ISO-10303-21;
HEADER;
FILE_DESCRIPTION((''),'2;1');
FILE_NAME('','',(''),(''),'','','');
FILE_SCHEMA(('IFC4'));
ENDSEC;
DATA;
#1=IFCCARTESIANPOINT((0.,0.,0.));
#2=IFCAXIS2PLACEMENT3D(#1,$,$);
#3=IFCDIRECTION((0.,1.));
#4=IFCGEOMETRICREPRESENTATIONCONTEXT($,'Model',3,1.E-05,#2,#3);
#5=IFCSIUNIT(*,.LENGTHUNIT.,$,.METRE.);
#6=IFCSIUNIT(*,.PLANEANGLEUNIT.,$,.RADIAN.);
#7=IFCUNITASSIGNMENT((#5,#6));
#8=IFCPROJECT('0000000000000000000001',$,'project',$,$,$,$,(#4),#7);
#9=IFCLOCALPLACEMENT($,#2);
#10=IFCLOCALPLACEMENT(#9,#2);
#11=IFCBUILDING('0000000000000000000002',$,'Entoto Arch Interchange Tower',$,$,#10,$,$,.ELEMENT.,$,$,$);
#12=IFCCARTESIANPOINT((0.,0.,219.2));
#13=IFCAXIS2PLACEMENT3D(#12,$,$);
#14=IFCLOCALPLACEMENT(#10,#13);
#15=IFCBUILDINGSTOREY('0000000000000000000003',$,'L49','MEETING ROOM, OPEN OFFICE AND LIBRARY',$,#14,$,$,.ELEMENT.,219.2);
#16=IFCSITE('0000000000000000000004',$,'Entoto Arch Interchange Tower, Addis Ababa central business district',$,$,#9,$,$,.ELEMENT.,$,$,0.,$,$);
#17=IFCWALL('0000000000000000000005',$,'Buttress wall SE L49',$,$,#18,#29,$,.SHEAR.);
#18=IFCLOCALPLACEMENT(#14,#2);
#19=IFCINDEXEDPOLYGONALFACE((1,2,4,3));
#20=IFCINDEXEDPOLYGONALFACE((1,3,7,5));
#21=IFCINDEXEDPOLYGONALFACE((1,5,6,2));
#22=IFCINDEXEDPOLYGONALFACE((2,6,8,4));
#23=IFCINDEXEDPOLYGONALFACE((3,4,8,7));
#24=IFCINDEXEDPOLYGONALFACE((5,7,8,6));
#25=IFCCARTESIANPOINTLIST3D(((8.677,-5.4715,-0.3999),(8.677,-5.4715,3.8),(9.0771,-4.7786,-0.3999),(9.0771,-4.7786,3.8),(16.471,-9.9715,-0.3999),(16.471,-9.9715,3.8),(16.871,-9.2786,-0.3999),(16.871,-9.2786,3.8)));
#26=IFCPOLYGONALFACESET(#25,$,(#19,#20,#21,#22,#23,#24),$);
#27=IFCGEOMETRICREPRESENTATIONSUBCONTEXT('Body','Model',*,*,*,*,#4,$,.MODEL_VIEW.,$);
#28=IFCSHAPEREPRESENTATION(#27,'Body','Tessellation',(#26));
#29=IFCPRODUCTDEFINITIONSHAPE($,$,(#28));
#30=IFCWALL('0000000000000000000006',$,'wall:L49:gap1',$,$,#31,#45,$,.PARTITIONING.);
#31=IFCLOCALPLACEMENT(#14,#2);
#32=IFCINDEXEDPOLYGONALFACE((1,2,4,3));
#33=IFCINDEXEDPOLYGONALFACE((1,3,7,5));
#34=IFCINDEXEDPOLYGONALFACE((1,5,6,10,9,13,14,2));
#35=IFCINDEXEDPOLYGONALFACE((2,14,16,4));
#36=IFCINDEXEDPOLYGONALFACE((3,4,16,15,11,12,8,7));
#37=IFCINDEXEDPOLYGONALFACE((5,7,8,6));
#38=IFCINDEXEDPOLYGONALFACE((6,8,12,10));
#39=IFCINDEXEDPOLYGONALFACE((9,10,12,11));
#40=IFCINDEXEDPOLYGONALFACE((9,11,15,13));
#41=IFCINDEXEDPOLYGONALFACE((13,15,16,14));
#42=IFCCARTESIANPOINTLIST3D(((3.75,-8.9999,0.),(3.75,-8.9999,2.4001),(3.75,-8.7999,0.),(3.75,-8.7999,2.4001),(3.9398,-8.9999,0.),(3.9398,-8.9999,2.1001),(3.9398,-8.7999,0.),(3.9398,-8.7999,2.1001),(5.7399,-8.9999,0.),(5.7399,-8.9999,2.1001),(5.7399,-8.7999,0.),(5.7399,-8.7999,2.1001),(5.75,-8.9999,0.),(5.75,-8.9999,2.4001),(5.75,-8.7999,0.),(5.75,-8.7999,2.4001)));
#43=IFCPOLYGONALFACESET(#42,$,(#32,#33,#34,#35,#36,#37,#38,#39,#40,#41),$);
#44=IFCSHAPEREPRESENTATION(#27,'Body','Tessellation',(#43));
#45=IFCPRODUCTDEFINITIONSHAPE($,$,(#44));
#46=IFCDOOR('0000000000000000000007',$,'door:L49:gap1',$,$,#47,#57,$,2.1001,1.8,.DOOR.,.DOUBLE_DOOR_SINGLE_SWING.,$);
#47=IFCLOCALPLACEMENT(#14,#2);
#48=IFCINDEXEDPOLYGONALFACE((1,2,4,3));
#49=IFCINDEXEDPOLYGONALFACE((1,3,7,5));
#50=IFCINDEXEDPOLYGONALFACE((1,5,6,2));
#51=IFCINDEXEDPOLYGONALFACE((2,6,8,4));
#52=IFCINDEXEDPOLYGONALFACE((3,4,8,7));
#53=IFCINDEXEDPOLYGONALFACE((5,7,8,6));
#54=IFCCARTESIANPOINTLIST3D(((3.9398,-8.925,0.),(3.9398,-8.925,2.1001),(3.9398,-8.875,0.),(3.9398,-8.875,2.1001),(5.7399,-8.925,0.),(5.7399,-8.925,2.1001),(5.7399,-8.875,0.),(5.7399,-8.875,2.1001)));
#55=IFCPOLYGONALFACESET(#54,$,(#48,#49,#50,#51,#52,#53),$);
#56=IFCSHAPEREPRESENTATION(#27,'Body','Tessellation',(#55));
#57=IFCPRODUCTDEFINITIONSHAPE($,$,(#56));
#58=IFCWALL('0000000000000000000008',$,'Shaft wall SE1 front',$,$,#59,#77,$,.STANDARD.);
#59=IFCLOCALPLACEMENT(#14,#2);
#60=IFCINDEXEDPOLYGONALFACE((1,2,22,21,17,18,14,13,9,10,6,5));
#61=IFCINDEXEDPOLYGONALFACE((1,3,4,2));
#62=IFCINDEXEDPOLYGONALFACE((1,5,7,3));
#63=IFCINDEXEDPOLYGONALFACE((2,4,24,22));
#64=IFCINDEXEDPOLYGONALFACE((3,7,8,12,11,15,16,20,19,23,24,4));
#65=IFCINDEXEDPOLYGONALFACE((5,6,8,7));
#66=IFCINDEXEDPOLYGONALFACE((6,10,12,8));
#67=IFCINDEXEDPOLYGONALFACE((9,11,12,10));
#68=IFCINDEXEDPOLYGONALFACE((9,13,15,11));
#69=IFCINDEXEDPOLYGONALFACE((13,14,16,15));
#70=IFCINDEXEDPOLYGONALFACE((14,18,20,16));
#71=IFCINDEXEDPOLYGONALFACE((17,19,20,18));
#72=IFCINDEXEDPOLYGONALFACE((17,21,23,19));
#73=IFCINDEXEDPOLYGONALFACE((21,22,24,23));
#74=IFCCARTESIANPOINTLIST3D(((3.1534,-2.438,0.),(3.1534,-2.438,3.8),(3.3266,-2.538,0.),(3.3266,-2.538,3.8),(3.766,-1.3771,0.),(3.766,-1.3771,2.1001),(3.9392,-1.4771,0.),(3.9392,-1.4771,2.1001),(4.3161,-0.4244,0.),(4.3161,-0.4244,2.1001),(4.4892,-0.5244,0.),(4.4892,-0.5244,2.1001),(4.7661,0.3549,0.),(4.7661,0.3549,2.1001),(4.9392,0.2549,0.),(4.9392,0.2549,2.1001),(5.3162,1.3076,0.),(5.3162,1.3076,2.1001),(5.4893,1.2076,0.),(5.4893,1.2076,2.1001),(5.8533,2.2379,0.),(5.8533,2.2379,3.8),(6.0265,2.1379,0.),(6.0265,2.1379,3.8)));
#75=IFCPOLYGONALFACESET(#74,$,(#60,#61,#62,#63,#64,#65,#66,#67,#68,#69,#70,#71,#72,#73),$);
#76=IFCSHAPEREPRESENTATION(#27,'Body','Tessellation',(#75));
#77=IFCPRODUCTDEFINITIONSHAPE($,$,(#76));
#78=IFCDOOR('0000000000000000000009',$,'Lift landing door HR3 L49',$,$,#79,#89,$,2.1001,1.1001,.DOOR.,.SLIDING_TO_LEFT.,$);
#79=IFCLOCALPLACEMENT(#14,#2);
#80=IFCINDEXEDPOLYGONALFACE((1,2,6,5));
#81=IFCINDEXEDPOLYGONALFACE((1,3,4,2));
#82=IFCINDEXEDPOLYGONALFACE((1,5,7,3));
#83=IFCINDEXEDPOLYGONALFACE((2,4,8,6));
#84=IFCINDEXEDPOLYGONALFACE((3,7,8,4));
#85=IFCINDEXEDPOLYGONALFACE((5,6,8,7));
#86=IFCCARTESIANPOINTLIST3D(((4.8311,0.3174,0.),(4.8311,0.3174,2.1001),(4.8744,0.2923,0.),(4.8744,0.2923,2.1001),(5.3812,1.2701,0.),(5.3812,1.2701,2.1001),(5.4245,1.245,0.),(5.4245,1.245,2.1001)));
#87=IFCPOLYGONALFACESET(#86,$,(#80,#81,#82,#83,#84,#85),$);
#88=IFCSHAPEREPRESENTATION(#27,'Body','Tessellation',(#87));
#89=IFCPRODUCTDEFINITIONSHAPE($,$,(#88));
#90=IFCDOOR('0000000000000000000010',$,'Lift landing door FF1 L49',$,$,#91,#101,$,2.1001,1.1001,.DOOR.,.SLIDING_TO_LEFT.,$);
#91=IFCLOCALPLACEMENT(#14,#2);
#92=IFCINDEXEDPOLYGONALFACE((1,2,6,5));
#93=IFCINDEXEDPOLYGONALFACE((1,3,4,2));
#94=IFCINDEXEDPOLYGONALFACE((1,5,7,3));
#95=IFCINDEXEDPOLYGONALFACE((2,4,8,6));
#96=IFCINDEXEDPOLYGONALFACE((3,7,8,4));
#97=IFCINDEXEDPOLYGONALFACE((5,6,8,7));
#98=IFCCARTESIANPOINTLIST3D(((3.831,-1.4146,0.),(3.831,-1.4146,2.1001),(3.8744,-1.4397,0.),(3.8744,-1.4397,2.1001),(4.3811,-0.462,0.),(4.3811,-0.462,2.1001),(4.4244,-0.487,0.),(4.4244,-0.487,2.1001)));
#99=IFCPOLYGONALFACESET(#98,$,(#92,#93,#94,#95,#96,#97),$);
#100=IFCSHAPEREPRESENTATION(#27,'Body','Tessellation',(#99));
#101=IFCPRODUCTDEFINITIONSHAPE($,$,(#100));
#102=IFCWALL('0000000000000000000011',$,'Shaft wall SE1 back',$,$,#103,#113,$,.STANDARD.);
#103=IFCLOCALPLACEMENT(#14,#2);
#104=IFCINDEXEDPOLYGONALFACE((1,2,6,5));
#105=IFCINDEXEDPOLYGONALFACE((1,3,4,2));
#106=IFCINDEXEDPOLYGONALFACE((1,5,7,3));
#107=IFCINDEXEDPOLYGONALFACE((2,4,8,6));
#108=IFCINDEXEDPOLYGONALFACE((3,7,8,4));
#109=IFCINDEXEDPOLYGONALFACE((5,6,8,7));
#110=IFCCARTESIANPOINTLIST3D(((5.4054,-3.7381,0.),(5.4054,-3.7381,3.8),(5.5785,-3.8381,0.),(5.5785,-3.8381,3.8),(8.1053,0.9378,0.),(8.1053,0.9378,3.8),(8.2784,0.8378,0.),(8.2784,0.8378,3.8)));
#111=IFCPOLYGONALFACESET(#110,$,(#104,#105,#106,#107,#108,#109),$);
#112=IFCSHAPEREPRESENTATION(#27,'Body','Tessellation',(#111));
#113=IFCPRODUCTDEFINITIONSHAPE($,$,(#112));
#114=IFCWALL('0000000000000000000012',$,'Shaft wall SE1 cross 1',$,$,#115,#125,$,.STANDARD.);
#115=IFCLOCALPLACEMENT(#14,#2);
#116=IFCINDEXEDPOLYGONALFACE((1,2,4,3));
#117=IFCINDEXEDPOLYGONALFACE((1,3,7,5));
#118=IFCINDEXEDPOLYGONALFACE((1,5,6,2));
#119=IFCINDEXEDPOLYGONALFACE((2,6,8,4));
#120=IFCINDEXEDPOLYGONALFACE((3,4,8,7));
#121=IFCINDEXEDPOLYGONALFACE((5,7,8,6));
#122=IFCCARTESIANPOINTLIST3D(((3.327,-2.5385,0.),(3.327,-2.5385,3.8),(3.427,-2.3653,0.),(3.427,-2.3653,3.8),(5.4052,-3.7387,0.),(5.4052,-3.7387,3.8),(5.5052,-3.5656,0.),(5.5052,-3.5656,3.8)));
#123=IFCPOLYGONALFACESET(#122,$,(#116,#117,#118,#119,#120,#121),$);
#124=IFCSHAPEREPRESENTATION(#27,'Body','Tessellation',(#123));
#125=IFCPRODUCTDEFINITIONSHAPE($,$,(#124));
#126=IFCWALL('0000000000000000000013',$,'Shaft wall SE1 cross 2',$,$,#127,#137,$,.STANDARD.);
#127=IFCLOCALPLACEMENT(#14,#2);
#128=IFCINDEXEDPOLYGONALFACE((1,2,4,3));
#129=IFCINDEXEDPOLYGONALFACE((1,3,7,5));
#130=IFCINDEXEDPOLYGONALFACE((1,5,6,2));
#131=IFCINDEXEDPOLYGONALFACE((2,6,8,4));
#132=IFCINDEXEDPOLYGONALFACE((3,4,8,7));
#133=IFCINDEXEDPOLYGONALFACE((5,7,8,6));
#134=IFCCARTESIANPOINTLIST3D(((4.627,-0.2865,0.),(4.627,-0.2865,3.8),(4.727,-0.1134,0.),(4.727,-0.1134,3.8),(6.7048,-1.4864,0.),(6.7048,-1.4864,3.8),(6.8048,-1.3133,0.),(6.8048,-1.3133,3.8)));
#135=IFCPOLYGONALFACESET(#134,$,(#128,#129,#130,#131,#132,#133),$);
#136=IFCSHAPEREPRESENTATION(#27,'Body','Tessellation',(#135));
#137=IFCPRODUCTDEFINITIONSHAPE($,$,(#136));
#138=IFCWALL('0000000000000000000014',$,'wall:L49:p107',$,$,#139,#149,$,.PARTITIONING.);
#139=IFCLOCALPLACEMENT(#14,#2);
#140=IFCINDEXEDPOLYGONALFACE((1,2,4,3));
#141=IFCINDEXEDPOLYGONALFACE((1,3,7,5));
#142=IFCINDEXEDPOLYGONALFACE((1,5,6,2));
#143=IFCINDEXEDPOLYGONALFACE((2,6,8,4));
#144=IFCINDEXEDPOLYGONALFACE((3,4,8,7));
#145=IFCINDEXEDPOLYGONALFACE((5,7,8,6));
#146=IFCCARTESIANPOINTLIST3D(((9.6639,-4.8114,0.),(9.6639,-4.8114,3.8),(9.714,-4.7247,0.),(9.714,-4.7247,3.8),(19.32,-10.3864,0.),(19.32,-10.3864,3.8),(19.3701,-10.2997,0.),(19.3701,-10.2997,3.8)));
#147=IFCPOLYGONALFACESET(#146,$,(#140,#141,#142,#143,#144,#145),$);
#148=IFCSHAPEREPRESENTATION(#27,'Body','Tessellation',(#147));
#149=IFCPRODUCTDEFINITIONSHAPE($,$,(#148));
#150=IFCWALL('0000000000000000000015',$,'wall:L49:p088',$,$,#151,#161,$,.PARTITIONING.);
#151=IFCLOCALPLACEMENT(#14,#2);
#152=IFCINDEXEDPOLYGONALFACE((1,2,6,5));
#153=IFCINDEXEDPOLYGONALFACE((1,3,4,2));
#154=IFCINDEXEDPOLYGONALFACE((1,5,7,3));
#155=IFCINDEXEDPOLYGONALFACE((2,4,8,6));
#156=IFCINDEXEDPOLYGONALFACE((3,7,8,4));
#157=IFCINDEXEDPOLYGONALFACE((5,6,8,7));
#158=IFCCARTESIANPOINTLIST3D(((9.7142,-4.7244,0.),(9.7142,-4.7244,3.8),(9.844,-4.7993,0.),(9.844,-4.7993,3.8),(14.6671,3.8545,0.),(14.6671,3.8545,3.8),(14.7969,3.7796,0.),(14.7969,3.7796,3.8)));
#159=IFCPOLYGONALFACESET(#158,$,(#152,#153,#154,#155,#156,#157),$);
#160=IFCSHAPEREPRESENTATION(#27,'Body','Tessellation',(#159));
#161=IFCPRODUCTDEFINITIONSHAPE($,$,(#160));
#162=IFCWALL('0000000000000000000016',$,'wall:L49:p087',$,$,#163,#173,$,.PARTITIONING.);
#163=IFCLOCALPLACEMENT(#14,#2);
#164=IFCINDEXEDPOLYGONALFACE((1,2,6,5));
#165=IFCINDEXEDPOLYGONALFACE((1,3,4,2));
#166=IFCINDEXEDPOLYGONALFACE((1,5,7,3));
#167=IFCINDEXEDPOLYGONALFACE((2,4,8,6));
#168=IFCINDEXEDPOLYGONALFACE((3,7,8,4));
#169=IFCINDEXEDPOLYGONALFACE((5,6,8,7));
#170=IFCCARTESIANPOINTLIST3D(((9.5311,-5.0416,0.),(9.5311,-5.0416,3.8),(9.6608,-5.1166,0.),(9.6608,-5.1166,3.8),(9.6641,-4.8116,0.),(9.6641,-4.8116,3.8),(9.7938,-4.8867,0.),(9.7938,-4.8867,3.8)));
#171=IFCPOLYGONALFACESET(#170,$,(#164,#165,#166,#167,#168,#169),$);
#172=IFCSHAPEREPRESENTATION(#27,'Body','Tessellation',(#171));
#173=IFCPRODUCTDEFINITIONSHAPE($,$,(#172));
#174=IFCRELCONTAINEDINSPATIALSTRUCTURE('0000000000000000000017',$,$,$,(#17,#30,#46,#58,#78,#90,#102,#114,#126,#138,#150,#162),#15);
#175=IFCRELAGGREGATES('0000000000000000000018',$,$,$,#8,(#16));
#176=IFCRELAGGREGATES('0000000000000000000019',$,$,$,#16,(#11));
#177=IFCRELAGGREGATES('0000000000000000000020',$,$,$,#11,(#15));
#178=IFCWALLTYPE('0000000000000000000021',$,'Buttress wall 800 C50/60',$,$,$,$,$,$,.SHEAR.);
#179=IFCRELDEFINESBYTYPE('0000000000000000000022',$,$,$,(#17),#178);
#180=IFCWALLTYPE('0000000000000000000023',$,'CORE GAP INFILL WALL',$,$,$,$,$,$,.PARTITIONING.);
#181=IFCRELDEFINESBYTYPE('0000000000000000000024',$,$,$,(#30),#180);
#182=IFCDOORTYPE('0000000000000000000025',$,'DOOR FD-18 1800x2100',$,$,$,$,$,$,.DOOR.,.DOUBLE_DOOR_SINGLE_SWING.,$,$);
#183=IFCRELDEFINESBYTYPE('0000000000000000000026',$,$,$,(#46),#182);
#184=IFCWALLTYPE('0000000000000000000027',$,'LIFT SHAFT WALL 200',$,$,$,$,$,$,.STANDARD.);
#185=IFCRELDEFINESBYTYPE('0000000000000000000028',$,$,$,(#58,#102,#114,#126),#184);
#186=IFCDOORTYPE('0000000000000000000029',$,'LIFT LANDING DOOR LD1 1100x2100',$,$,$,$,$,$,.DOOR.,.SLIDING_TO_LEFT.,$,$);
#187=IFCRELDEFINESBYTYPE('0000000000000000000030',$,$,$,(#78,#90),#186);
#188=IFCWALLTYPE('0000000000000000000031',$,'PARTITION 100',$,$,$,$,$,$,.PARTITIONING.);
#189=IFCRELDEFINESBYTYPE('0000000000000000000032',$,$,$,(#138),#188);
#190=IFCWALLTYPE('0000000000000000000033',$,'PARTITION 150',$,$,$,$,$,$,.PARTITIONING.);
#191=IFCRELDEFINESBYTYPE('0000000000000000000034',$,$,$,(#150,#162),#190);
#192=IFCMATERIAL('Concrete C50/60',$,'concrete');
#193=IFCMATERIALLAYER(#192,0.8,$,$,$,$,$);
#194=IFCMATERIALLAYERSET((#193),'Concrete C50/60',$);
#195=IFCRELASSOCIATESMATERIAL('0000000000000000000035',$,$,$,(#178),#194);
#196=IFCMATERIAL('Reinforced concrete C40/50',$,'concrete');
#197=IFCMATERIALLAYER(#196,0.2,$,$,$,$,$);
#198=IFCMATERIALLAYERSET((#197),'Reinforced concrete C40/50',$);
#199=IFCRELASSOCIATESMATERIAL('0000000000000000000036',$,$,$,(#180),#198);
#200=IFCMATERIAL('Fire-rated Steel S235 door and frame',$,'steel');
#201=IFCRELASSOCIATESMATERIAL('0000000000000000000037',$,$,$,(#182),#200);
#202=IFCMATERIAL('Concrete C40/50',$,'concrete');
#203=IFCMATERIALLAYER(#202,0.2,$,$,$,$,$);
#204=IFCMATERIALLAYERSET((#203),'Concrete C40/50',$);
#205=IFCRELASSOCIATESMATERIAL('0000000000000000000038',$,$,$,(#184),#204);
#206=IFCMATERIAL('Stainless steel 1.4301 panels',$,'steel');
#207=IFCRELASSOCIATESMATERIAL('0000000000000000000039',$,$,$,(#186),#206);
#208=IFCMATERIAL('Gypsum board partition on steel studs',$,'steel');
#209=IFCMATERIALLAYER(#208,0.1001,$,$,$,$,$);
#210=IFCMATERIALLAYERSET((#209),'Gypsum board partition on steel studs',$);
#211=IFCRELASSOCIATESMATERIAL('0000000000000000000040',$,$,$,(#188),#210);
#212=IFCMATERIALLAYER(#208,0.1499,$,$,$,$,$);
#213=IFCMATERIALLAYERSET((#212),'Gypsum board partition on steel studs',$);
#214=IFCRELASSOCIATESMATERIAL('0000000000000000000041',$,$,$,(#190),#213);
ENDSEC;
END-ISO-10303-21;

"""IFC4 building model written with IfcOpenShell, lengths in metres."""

from ifc_helpers import new_model, si_unit, direction, frame, frame_2d, origin, place, context, subcontext, project, spatial, rectangle, extrude, material, layer, layer_set, type_object, element, fill, save


model = new_model("IFC4")

# Units and contexts
model_context = context("Model", 3, precision=1e-05, world=origin(), true_north=direction((0.0, 1.0)))
body_context = subcontext(model_context, "Body", "Model", "MODEL_VIEW")
ifc_project = project(units=[si_unit("LENGTHUNIT", "METRE"), si_unit("PLANEANGLEUNIT", "RADIAN")], contexts=[model_context])

# Site, building, storey
site_placement = place(None, origin())
site = spatial("IfcSite", under=ifc_project, at=site_placement, Name="Entoto Arch Interchange Tower, Addis Ababa central business district", CompositionType="ELEMENT", RefElevation=0.0)
building_placement = place(site_placement, origin())
building = spatial("IfcBuilding", under=site, at=building_placement, Name="Entoto Arch Interchange Tower", CompositionType="ELEMENT")
storey_placement = place(building_placement, frame((0.0, 0.0, 219.2)))
storey = spatial("IfcBuildingStorey", under=building, at=storey_placement, Name="L49", Description="MEETING ROOM, OPEN OFFICE AND LIBRARY", CompositionType="ELEMENT", Elevation=219.2)

# Wall
ifc_material_1 = material(Name="Concrete C50/60", Category="concrete")
ifc_layer_1 = layer(ifc_material_1, 0.8)
ifc_layer_set_1 = layer_set([ifc_layer_1], Name="Concrete C50/60")
wall_type_1 = type_object("IfcWallType", Name="Buttress wall 800 C50/60", PredefinedType="SHEAR", material=ifc_layer_set_1)
wall_1_placement = place(storey_placement, frame((8.877, -5.125, -0.3999), z_axis=(0.0, 0.0, 1.0), x_axis=(0.866018, -0.500014, 0.0)))
element("IfcWall", 1, at=wall_1_placement, inside=storey, type_object=wall_type_1, Name="Buttress wall SE L49", PredefinedType="SHEAR", context=body_context, shape_type="SweptSolid", body=[
    extrude(rectangle(XDim=8.9998, YDim=0.8, at=frame_2d((4.5, 0.0))), origin(), (0.0, 0.0, 1.0), 4.2),
])

# Wall, opening, door
ifc_material_2 = material(Name="Reinforced concrete C40/50", Category="concrete")
ifc_layer_2 = layer(ifc_material_2, 0.2)
ifc_layer_set_2 = layer_set([ifc_layer_2], Name="Reinforced concrete C40/50")
wall_type_2 = type_object("IfcWallType", Name="CORE GAP INFILL WALL", PredefinedType="PARTITIONING", material=ifc_layer_set_2)
wall_2_placement = place(storey_placement, frame((3.75, -8.8999, 0.0), z_axis=(0.0, 0.0, 1.0), x_axis=(1.0, 0.0, 0.0)))
wall_2 = element("IfcWall", 2, at=wall_2_placement, inside=storey, type_object=wall_type_2, Name="wall:L49:gap1", PredefinedType="PARTITIONING", context=body_context, shape_type="SweptSolid", body=[
    extrude(rectangle(XDim=2.0, YDim=0.2, at=frame_2d((1.0, 0.0))), origin(), (0.0, 0.0, 1.0), 2.4001),
])
opening_1_placement = place(wall_2_placement, frame((0.1899, 0.0, 0.0)))
opening_1 = element("IfcOpeningElement", 3, at=opening_1_placement, cuts=wall_2, PredefinedType="OPENING", context=body_context, shape_type="SweptSolid", body=[
    extrude(rectangle(XDim=1.8, YDim=2.1001, at=frame_2d((0.8999, 1.05))), frame((0.0, 0.1099, 0.0), z_axis=(0.0, -1.0, 0.0), x_axis=(1.0, 0.0, 0.0)), (0.0, 0.0, 1.0), 0.22),
])
ifc_material_3 = material(Name="Fire-rated Steel S235 door and frame", Category="steel")
door_type_1 = type_object("IfcDoorType", Name="DOOR FD-18 1800x2100", OperationType="DOUBLE_DOOR_SINGLE_SWING", PredefinedType="DOOR", material=ifc_material_3)
door_1_placement = place(opening_1_placement, origin())
door_1 = element("IfcDoor", 4, at=door_1_placement, inside=storey, type_object=door_type_1, Name="door:L49:gap1", OperationType="DOUBLE_DOOR_SINGLE_SWING", OverallHeight=2.1001, OverallWidth=1.8, PredefinedType="DOOR", context=body_context, shape_type="SweptSolid", body=[
    extrude(rectangle(XDim=1.8, YDim=2.1001, at=frame_2d((0.8999, 1.05))), frame((0.0, 0.0249, 0.0), z_axis=(0.0, -1.0, 0.0), x_axis=(1.0, 0.0, 0.0)), (0.0, 0.0, 1.0), 0.05),
])
fill(opening_1, door_1)

# Wall, openings, doors
ifc_material_4 = material(Name="Concrete C40/50", Category="concrete")
ifc_layer_3 = layer(ifc_material_4, 0.2)
ifc_layer_set_3 = layer_set([ifc_layer_3], Name="Concrete C40/50")
wall_type_3 = type_object("IfcWallType", Name="LIFT SHAFT WALL 200", PredefinedType="STANDARD", material=ifc_layer_set_3)
wall_3_placement = place(storey_placement, frame((3.24, -2.488, 0.0), z_axis=(0.0, 0.0, 1.0), x_axis=(0.500034, 0.866006, 0.0)))
wall_3 = element("IfcWall", 5, at=wall_3_placement, inside=storey, type_object=wall_type_3, Name="Shaft wall SE1 front", PredefinedType="STANDARD", context=body_context, shape_type="SweptSolid", body=[
    extrude(rectangle(XDim=5.3994, YDim=0.2, at=frame_2d((2.6997, 0.0))), origin(), (0.0, 0.0, 1.0), 3.8),
])
opening_2_placement = place(wall_3_placement, frame((3.2251, 0.0, 0.0)))
opening_2 = element("IfcOpeningElement", 6, at=opening_2_placement, cuts=wall_3, PredefinedType="OPENING", context=body_context, shape_type="SweptSolid", body=[
    extrude(rectangle(XDim=1.1001, YDim=2.1001, at=frame_2d((0.55, 1.05))), frame((0.0, 0.1099, 0.0), z_axis=(0.0, -1.0, 0.0), x_axis=(1.0, 0.0, 0.0)), (0.0, 0.0, 1.0), 0.22),
])
opening_3_placement = place(wall_3_placement, frame((1.2251, 0.0, 0.0)))
opening_3 = element("IfcOpeningElement", 7, at=opening_3_placement, cuts=wall_3, PredefinedType="OPENING", context=body_context, shape_type="SweptSolid", body=[
    extrude(rectangle(XDim=1.1001, YDim=2.1001, at=frame_2d((0.55, 1.05))), frame((0.0, 0.1099, 0.0), z_axis=(0.0, -1.0, 0.0), x_axis=(1.0, 0.0, 0.0)), (0.0, 0.0, 1.0), 0.22),
])
ifc_material_5 = material(Name="Stainless steel 1.4301 panels", Category="steel")
door_type_2 = type_object("IfcDoorType", Name="LIFT LANDING DOOR LD1 1100x2100", OperationType="SLIDING_TO_LEFT", PredefinedType="DOOR", material=ifc_material_5)
door_2_placement = place(opening_2_placement, origin())
door_2 = element("IfcDoor", 8, at=door_2_placement, inside=storey, type_object=door_type_2, Name="Lift landing door HR3 L49", OperationType="SLIDING_TO_LEFT", OverallHeight=2.1001, OverallWidth=1.1001, PredefinedType="DOOR", context=body_context, shape_type="SweptSolid", body=[
    extrude(rectangle(XDim=1.1001, YDim=2.1001, at=frame_2d((0.55, 1.05))), frame((0.0, 0.0249, 0.0), z_axis=(0.0, -1.0, 0.0), x_axis=(1.0, 0.0, 0.0)), (0.0, 0.0, 1.0), 0.05),
])
fill(opening_2, door_2)
door_3_placement = place(opening_3_placement, origin())
door_3 = element("IfcDoor", 9, at=door_3_placement, inside=storey, type_object=door_type_2, Name="Lift landing door FF1 L49", OperationType="SLIDING_TO_LEFT", OverallHeight=2.1001, OverallWidth=1.1001, PredefinedType="DOOR", context=body_context, shape_type="SweptSolid", body=[
    extrude(rectangle(XDim=1.1001, YDim=2.1001, at=frame_2d((0.55, 1.05))), frame((0.0, 0.0249, 0.0), z_axis=(0.0, -1.0, 0.0), x_axis=(1.0, 0.0, 0.0)), (0.0, 0.0, 1.0), 0.05),
])
fill(opening_3, door_3)

# Walls
wall_4_placement = place(storey_placement, frame((5.4919, -3.7881, 0.0), z_axis=(0.0, 0.0, 1.0), x_axis=(0.500034, 0.866006, 0.0)))
element("IfcWall", 10, at=wall_4_placement, inside=storey, type_object=wall_type_3, Name="Shaft wall SE1 back", PredefinedType="STANDARD", context=body_context, shape_type="SweptSolid", body=[
    extrude(rectangle(XDim=5.3994, YDim=0.2, at=frame_2d((2.6997, 0.0))), origin(), (0.0, 0.0, 1.0), 3.8),
])
wall_5_placement = place(storey_placement, frame((3.377, -2.4519, 0.0), z_axis=(0.0, 0.0, 1.0), x_axis=(0.865955, -0.500122, 0.0)))
element("IfcWall", 11, at=wall_5_placement, inside=storey, type_object=wall_type_3, Name="Shaft wall SE1 cross 1", PredefinedType="STANDARD", context=body_context, shape_type="SweptSolid", body=[
    extrude(rectangle(XDim=2.3999, YDim=0.2, at=frame_2d((1.2, 0.0))), origin(), (0.0, 0.0, 1.0), 3.8),
])
wall_6_placement = place(storey_placement, frame((4.677, -0.2, 0.0), z_axis=(0.0, 0.0, 1.0), x_axis=(0.865974, -0.500089, 0.0)))
element("IfcWall", 12, at=wall_6_placement, inside=storey, type_object=wall_type_3, Name="Shaft wall SE1 cross 2", PredefinedType="STANDARD", context=body_context, shape_type="SweptSolid", body=[
    extrude(rectangle(XDim=2.3994, YDim=0.2, at=frame_2d((1.1997, 0.0))), origin(), (0.0, 0.0, 1.0), 3.8),
])
ifc_material_6 = material(Name="Gypsum board partition on steel studs", Category="steel")
ifc_layer_4 = layer(ifc_material_6, 0.1001)
ifc_layer_set_4 = layer_set([ifc_layer_4], Name="Gypsum board partition on steel studs")
wall_type_4 = type_object("IfcWallType", Name="PARTITION 100", PredefinedType="PARTITIONING", material=ifc_layer_set_4)
wall_7_placement = place(storey_placement, frame((9.689, -4.7681, 0.0), z_axis=(0.0, 0.0, 1.0), x_axis=(0.866023, -0.500004, 0.0)))
element("IfcWall", 13, at=wall_7_placement, inside=storey, type_object=wall_type_4, Name="wall:L49:p107", PredefinedType="PARTITIONING", context=body_context, shape_type="SweptSolid", body=[
    extrude(rectangle(XDim=11.1499, YDim=0.1001, at=frame_2d((5.575, 0.0))), origin(), (0.0, 0.0, 1.0), 3.8),
])
ifc_layer_5 = layer(ifc_material_6, 0.1499)
ifc_layer_set_5 = layer_set([ifc_layer_5], Name="Gypsum board partition on steel studs")
wall_type_5 = type_object("IfcWallType", Name="PARTITION 150", PredefinedType="PARTITIONING", material=ifc_layer_set_5)
wall_8_placement = place(storey_placement, frame((9.7791, -4.762, 0.0), z_axis=(0.0, 0.0, 1.0), x_axis=(0.499991, 0.866031, 0.0)))
element("IfcWall", 14, at=wall_8_placement, inside=storey, type_object=wall_type_5, Name="wall:L49:p088", PredefinedType="PARTITIONING", context=body_context, shape_type="SweptSolid", body=[
    extrude(rectangle(XDim=9.906, YDim=0.1499, at=frame_2d((4.9531, 0.0))), origin(), (0.0, 0.0, 1.0), 3.8),
])
wall_9_placement = place(storey_placement, frame((9.5959, -5.0791, 0.0), z_axis=(0.0, 0.0, 1.0), x_axis=(0.500783, 0.865573, 0.0)))
element("IfcWall", 15, at=wall_9_placement, inside=storey, type_object=wall_type_5, Name="wall:L49:p087", PredefinedType="PARTITIONING", context=body_context, shape_type="SweptSolid", body=[
    extrude(rectangle(XDim=0.2656, YDim=0.1499, at=frame_2d((0.1328, 0.0))), origin(), (0.0, 0.0, 1.0), 3.8),
])

save(model, "model.ifc")
